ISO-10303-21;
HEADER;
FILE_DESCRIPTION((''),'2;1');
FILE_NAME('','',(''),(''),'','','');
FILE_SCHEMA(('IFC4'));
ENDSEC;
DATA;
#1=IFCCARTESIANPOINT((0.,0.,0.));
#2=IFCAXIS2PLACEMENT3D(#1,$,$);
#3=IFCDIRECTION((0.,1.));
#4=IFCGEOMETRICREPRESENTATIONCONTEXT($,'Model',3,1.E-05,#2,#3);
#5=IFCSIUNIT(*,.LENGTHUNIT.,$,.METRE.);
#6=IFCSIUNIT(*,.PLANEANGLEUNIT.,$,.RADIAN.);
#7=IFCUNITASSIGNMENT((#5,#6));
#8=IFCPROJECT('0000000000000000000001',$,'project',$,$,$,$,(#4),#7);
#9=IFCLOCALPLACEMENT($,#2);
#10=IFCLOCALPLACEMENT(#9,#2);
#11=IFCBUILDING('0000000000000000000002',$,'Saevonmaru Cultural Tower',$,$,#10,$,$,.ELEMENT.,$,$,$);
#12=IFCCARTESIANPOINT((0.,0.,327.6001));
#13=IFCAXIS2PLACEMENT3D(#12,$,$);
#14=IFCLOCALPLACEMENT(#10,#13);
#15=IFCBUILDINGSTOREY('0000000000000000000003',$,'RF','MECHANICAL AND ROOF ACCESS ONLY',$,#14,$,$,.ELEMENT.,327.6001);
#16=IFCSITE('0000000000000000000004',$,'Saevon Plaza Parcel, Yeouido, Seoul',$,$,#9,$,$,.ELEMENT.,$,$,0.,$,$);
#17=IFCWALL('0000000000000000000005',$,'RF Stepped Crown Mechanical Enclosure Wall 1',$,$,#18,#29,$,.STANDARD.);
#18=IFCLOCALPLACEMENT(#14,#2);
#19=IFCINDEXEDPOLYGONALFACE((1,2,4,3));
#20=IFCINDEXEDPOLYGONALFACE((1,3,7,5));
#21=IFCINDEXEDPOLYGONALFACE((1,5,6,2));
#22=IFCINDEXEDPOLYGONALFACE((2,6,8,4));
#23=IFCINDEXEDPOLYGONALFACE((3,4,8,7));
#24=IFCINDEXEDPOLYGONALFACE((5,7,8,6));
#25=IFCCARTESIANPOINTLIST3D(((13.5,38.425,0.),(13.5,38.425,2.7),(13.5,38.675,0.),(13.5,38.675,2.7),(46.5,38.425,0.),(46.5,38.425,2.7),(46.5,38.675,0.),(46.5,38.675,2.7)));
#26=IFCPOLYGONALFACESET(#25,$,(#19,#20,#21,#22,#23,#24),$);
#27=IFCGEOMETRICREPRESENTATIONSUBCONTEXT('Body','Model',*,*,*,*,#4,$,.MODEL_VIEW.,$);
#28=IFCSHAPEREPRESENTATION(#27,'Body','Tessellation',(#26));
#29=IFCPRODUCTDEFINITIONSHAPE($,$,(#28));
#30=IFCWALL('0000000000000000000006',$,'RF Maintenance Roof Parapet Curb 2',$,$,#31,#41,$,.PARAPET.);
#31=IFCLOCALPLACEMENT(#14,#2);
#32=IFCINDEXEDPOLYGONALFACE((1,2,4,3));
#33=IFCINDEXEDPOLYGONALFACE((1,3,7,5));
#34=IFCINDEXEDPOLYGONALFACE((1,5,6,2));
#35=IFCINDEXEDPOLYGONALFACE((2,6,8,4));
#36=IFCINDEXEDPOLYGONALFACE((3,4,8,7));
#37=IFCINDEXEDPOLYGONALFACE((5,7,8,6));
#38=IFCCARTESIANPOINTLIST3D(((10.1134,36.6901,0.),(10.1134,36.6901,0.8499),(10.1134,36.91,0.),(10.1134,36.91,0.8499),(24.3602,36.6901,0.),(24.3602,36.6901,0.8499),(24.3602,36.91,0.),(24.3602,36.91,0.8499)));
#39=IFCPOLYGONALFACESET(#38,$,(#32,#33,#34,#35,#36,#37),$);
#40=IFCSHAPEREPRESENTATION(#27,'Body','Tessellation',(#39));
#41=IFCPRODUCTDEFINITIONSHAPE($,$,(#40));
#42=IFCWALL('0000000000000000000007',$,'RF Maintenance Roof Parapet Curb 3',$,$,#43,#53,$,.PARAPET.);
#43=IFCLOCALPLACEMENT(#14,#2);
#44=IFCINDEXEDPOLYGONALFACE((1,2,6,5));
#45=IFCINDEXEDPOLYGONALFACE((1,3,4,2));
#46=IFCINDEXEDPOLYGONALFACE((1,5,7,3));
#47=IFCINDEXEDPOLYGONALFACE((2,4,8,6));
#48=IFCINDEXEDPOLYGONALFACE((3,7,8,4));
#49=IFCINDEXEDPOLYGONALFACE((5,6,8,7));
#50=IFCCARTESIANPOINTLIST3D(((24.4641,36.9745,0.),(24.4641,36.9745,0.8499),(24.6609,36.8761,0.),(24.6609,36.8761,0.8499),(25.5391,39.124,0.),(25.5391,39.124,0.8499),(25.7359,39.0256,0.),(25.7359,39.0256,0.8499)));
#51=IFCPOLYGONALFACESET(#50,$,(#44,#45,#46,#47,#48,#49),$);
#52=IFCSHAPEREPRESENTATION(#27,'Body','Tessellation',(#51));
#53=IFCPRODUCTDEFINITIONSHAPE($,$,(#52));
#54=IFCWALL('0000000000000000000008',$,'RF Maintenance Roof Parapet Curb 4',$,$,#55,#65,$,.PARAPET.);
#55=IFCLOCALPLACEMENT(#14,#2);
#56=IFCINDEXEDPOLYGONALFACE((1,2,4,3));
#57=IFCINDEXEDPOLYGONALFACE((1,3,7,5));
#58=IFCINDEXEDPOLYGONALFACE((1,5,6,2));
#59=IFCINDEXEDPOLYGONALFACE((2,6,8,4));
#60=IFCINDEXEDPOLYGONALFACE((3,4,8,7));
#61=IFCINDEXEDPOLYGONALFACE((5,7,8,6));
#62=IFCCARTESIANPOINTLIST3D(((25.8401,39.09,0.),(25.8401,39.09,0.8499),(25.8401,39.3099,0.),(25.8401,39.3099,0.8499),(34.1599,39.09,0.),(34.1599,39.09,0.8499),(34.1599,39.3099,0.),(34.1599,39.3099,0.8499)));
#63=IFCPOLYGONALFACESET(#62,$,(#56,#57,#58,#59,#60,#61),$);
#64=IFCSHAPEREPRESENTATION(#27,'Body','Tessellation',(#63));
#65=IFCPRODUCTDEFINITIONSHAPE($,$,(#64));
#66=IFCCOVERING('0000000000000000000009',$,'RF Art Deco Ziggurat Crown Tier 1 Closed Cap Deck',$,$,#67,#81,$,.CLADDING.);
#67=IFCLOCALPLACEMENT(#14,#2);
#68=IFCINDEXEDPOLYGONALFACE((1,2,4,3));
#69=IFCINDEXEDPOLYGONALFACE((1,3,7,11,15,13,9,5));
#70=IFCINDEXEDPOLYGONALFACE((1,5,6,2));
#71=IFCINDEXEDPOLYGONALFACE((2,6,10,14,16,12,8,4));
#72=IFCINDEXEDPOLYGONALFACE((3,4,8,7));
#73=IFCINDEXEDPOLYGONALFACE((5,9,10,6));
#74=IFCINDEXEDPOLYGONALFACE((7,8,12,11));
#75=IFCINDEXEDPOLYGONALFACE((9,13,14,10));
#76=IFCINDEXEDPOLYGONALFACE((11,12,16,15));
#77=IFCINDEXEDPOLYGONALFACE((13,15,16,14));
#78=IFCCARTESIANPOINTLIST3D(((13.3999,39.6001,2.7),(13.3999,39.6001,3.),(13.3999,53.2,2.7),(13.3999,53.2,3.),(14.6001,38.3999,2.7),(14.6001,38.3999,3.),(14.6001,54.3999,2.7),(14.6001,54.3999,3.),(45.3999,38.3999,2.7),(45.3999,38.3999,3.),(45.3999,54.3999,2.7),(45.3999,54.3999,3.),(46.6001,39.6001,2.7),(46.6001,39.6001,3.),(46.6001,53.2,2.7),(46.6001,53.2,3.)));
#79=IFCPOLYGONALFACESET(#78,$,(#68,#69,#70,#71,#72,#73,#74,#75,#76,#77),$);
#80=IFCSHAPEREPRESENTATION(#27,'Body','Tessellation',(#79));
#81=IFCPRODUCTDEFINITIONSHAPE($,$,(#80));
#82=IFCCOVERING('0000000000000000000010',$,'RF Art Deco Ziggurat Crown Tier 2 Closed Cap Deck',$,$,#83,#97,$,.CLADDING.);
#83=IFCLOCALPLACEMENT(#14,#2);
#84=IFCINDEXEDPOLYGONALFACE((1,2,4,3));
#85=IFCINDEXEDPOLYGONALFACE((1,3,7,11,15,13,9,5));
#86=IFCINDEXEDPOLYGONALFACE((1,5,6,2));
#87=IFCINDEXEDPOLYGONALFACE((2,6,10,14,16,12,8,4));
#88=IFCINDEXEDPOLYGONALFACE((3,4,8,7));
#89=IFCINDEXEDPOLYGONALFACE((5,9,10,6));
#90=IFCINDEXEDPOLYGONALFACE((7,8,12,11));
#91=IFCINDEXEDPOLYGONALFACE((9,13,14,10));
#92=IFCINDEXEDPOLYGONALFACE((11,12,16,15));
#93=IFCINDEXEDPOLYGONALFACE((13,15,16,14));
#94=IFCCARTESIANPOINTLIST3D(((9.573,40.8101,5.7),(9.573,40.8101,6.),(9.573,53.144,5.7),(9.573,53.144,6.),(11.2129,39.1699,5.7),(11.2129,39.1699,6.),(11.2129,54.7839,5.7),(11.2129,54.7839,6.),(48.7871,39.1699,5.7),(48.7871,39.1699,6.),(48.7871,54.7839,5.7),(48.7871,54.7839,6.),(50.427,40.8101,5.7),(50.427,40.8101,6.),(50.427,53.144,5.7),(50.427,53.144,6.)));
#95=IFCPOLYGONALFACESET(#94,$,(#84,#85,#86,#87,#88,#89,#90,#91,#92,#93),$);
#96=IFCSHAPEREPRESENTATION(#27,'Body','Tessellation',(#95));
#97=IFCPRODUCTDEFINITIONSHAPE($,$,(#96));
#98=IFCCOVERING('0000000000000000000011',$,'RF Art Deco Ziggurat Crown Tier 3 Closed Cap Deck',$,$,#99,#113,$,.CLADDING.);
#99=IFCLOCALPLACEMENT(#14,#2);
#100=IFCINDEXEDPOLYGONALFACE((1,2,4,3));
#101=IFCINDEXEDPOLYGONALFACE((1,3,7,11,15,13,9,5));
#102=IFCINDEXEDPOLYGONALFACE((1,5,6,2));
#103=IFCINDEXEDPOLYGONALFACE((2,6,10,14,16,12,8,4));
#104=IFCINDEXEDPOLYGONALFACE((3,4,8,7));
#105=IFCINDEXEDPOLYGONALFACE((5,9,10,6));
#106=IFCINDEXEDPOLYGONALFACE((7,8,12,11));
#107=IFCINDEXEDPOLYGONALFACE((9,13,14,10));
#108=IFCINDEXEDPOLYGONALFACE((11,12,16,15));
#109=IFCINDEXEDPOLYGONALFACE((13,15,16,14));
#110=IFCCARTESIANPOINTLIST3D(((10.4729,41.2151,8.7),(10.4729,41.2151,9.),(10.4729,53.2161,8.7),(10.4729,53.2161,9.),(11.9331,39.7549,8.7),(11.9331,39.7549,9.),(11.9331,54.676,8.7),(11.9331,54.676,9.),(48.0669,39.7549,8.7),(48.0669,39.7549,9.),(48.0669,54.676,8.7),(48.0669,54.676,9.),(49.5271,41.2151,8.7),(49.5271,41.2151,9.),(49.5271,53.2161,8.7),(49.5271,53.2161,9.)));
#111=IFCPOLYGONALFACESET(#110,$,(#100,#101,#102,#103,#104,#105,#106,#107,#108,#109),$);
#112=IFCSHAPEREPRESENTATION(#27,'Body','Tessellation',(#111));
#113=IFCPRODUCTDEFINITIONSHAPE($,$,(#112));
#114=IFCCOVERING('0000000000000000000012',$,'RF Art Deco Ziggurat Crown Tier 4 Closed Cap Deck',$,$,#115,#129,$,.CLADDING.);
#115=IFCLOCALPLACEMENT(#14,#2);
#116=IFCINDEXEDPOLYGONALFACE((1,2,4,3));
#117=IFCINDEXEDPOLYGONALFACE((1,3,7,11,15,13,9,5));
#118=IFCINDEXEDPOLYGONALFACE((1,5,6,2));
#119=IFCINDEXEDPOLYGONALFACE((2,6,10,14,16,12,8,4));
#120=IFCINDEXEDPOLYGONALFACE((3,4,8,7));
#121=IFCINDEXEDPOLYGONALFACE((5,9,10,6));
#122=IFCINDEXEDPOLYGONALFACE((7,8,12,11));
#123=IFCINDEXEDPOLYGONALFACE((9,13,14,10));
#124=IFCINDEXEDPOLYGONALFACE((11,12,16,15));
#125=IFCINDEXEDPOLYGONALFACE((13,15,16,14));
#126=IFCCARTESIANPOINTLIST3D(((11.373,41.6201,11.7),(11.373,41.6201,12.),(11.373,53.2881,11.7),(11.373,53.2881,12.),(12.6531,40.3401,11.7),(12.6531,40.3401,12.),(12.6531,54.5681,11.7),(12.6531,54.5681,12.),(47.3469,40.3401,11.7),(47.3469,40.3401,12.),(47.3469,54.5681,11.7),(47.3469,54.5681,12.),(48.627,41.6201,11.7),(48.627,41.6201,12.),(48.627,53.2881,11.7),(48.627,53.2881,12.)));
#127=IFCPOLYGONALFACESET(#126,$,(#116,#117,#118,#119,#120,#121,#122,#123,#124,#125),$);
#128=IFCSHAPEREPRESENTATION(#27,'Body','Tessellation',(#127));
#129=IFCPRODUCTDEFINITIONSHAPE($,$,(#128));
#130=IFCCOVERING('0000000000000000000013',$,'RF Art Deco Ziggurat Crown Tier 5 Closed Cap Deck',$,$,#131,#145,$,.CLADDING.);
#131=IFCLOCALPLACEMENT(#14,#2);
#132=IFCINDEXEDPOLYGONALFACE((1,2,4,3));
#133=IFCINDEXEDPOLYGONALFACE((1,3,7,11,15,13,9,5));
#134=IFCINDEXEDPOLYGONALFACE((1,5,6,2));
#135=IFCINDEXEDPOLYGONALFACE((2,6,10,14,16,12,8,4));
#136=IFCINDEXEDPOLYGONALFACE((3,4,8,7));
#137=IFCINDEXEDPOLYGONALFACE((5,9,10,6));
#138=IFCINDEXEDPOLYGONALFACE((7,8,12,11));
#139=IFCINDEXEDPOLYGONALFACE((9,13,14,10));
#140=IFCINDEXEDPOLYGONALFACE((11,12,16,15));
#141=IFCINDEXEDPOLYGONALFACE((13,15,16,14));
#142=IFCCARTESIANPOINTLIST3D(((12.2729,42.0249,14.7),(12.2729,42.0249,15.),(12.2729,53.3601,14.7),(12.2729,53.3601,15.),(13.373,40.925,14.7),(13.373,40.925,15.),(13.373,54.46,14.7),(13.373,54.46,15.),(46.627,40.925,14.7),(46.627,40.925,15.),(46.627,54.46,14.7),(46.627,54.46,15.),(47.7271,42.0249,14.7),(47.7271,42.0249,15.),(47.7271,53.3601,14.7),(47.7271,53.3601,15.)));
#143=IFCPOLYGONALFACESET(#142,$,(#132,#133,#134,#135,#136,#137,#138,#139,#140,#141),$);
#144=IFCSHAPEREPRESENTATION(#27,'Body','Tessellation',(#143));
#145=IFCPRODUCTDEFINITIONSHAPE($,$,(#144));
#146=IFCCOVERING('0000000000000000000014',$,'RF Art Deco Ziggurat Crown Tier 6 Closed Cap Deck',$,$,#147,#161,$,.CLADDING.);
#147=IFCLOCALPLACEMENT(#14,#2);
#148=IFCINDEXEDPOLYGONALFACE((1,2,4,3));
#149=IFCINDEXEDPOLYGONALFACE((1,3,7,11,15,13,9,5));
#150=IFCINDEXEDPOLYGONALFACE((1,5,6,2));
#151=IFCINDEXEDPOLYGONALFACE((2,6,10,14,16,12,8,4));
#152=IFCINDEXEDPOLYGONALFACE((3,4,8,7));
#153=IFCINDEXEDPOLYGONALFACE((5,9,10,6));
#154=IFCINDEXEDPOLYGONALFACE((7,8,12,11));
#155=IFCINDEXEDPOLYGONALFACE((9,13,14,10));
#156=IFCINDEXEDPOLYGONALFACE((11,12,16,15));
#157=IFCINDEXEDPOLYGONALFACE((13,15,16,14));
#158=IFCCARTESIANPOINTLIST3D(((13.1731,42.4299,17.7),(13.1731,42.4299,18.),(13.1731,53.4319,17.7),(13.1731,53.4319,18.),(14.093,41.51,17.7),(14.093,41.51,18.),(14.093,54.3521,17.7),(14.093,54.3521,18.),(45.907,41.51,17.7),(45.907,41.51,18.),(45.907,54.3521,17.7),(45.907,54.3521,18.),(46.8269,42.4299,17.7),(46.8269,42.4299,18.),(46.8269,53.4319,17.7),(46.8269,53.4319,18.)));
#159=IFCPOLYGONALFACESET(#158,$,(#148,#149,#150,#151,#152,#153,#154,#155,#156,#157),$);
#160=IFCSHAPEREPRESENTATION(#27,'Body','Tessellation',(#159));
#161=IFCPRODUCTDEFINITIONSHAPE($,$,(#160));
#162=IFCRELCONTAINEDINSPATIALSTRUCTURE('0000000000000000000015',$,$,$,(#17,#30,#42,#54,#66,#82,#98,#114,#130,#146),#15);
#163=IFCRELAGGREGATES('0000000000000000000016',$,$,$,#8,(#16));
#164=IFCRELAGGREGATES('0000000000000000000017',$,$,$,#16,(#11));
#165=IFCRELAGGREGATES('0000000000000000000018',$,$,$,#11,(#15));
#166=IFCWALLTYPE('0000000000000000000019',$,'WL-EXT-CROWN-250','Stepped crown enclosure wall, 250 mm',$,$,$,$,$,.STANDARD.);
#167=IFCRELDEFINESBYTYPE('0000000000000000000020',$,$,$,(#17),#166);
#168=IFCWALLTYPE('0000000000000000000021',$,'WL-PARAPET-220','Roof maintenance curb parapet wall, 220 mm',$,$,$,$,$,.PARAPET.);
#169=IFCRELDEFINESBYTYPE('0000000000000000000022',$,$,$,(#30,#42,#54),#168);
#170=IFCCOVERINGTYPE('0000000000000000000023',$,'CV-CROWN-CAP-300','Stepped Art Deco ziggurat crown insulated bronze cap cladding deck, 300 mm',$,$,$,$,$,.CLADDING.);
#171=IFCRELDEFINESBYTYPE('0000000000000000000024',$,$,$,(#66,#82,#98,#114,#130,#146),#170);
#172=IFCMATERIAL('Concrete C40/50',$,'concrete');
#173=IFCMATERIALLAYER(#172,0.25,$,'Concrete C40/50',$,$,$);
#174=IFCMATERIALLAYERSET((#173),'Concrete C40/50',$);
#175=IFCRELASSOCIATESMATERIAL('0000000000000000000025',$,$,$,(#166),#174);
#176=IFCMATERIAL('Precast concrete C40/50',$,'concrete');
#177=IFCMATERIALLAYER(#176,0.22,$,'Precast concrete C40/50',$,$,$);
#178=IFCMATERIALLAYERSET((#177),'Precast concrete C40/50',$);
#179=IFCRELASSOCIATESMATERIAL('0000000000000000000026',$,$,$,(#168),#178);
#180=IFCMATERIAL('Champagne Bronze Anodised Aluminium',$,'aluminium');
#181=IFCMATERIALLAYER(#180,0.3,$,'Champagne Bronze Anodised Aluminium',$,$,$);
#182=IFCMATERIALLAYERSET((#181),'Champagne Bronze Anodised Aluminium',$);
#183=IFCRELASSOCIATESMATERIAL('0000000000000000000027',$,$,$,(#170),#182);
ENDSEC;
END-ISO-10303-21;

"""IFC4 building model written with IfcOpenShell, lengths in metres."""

from ifc_helpers import new_model, si_unit, direction, frame, frame_2d, origin, place, context, subcontext, project, spatial, polyline, rectangle, outline, extrude, material, layer, layer_set, type_object, element, save


model = new_model("IFC4")

# Units and contexts
model_context = context("Model", 3, precision=1e-05, world=origin(), true_north=direction((0.0, 1.0)))
body_context = subcontext(model_context, "Body", "Model", "MODEL_VIEW")
ifc_project = project(units=[si_unit("LENGTHUNIT", "METRE"), si_unit("PLANEANGLEUNIT", "RADIAN")], contexts=[model_context])

# Site, building, storey
site_placement = place(None, origin())
site = spatial("IfcSite", under=ifc_project, at=site_placement, Name="Saevon Plaza Parcel, Yeouido, Seoul", CompositionType="ELEMENT", RefElevation=0.0)
building_placement = place(site_placement, origin())
building = spatial("IfcBuilding", under=site, at=building_placement, Name="Saevonmaru Cultural Tower", CompositionType="ELEMENT")
storey_placement = place(building_placement, frame((0.0, 0.0, 327.6001)))
storey = spatial("IfcBuildingStorey", under=building, at=storey_placement, Name="RF", Description="MECHANICAL AND ROOF ACCESS ONLY", CompositionType="ELEMENT", Elevation=327.6001)

# Shared definitions
ifc_material_1 = material(Name="Concrete C40/50", Category="concrete")

# Walls
ifc_layer_1 = layer(ifc_material_1, 0.25, Name="Concrete C40/50")
ifc_layer_set_1 = layer_set([ifc_layer_1], Name="Concrete C40/50")
wall_type_1 = type_object("IfcWallType", Name="WL-EXT-CROWN-250", Description="Stepped crown enclosure wall, 250 mm", PredefinedType="STANDARD", material=ifc_layer_set_1)
wall_1_placement = place(storey_placement, frame((13.5, 38.55, 0.0), z_axis=(0.0, 0.0, 1.0), x_axis=(1.0, 0.0, 0.0)))
element("IfcWall", 1, at=wall_1_placement, inside=storey, type_object=wall_type_1, Name="RF Stepped Crown Mechanical Enclosure Wall 1", PredefinedType="STANDARD", context=body_context, shape_type="SweptSolid", body=[
    extrude(rectangle(XDim=33.0, YDim=0.25, at=frame_2d((16.5, 0.0))), origin(), (0.0, 0.0, 1.0), 2.7),
])
ifc_material_2 = material(Name="Precast concrete C40/50", Category="concrete")
ifc_layer_2 = layer(ifc_material_2, 0.22, Name="Precast concrete C40/50")
ifc_layer_set_2 = layer_set([ifc_layer_2], Name="Precast concrete C40/50")
wall_type_2 = type_object("IfcWallType", Name="WL-PARAPET-220", Description="Roof maintenance curb parapet wall, 220 mm", PredefinedType="PARAPET", material=ifc_layer_set_2)
wall_2_placement = place(storey_placement, frame((10.1133, 36.8, 0.0), z_axis=(0.0, 0.0, 1.0), x_axis=(1.0, 0.0, 0.0)))
element("IfcWall", 2, at=wall_2_placement, inside=storey, type_object=wall_type_2, Name="RF Maintenance Roof Parapet Curb 2", PredefinedType="PARAPET", context=body_context, shape_type="SweptSolid", body=[
    extrude(rectangle(XDim=14.2468, YDim=0.22, at=frame_2d((7.1235, 0.0))), origin(), (0.0, 0.0, 1.0), 0.8499),
])
wall_3_placement = place(storey_placement, frame((24.5625, 36.9253, 0.0), z_axis=(0.0, 0.0, 1.0), x_axis=(0.447295, 0.894387, 0.0)))
element("IfcWall", 3, at=wall_3_placement, inside=storey, type_object=wall_type_2, Name="RF Maintenance Roof Parapet Curb 3", PredefinedType="PARAPET", context=body_context, shape_type="SweptSolid", body=[
    extrude(rectangle(XDim=2.4033, YDim=0.22, at=frame_2d((1.2017, 0.0))), origin(), (0.0, 0.0, 1.0), 0.8499),
])
wall_4_placement = place(storey_placement, frame((25.8401, 39.2, 0.0), z_axis=(0.0, 0.0, 1.0), x_axis=(1.0, 0.0, 0.0)))
element("IfcWall", 4, at=wall_4_placement, inside=storey, type_object=wall_type_2, Name="RF Maintenance Roof Parapet Curb 4", PredefinedType="PARAPET", context=body_context, shape_type="SweptSolid", body=[
    extrude(rectangle(XDim=8.3198, YDim=0.22, at=frame_2d((4.1599, 0.0))), origin(), (0.0, 0.0, 1.0), 0.8499),
])

# Coverings
ifc_material_3 = material(Name="Champagne Bronze Anodised Aluminium", Category="aluminium")
ifc_layer_3 = layer(ifc_material_3, 0.3, Name="Champagne Bronze Anodised Aluminium")
ifc_layer_set_3 = layer_set([ifc_layer_3], Name="Champagne Bronze Anodised Aluminium")
covering_type = type_object("IfcCoveringType", Name="CV-CROWN-CAP-300", Description="Stepped Art Deco ziggurat crown insulated bronze cap cladding deck, 300 mm", PredefinedType="CLADDING", material=ifc_layer_set_3)
covering_1_placement = place(storey_placement, frame((0.0, 0.0, 2.7)))
element("IfcCovering", 5, at=covering_1_placement, inside=storey, type_object=covering_type, Name="RF Art Deco Ziggurat Crown Tier 1 Closed Cap Deck", PredefinedType="CLADDING", context=body_context, shape_type="SweptSolid", body=[
    extrude(outline(polyline([(13.3999, 39.6001), (14.6001, 38.3999), (45.3999, 38.3999), (46.6001, 39.6001), (46.6001, 53.2), (45.3999, 54.3999), (14.6001, 54.3999), (13.3999, 53.2), (13.3999, 39.6001)])), origin(), (0.0, 0.0, 1.0), 0.3),
])
covering_2_placement = place(storey_placement, frame((0.0, 0.0, 5.7)))
element("IfcCovering", 6, at=covering_2_placement, inside=storey, type_object=covering_type, Name="RF Art Deco Ziggurat Crown Tier 2 Closed Cap Deck", PredefinedType="CLADDING", context=body_context, shape_type="SweptSolid", body=[
    extrude(outline(polyline([(9.573, 40.8101), (11.2129, 39.1699), (48.7871, 39.1699), (50.427, 40.8101), (50.427, 53.144), (48.7871, 54.7839), (11.2129, 54.7839), (9.573, 53.144), (9.573, 40.8101)])), origin(), (0.0, 0.0, 1.0), 0.3),
])
covering_3_placement = place(storey_placement, frame((0.0, 0.0, 8.7)))
element("IfcCovering", 7, at=covering_3_placement, inside=storey, type_object=covering_type, Name="RF Art Deco Ziggurat Crown Tier 3 Closed Cap Deck", PredefinedType="CLADDING", context=body_context, shape_type="SweptSolid", body=[
    extrude(outline(polyline([(10.4729, 41.2151), (11.9331, 39.7549), (48.0669, 39.7549), (49.5271, 41.2151), (49.5271, 53.2161), (48.0669, 54.676), (11.9331, 54.676), (10.4729, 53.2161), (10.4729, 41.2151)])), origin(), (0.0, 0.0, 1.0), 0.3),
])
covering_4_placement = place(storey_placement, frame((0.0, 0.0, 11.7)))
element("IfcCovering", 8, at=covering_4_placement, inside=storey, type_object=covering_type, Name="RF Art Deco Ziggurat Crown Tier 4 Closed Cap Deck", PredefinedType="CLADDING", context=body_context, shape_type="SweptSolid", body=[
    extrude(outline(polyline([(11.373, 41.6201), (12.6531, 40.3401), (47.3469, 40.3401), (48.627, 41.6201), (48.627, 53.2881), (47.3469, 54.5681), (12.6531, 54.5681), (11.373, 53.2881), (11.373, 41.6201)])), origin(), (0.0, 0.0, 1.0), 0.3),
])
covering_5_placement = place(storey_placement, frame((0.0, 0.0, 14.7)))
element("IfcCovering", 9, at=covering_5_placement, inside=storey, type_object=covering_type, Name="RF Art Deco Ziggurat Crown Tier 5 Closed Cap Deck", PredefinedType="CLADDING", context=body_context, shape_type="SweptSolid", body=[
    extrude(outline(polyline([(12.2729, 42.0249), (13.373, 40.925), (46.627, 40.925), (47.7271, 42.0249), (47.7271, 53.3601), (46.627, 54.46), (13.373, 54.46), (12.2729, 53.3601), (12.2729, 42.0249)])), origin(), (0.0, 0.0, 1.0), 0.3),
])
covering_6_placement = place(storey_placement, frame((0.0, 0.0, 17.7)))
element("IfcCovering", 10, at=covering_6_placement, inside=storey, type_object=covering_type, Name="RF Art Deco Ziggurat Crown Tier 6 Closed Cap Deck", PredefinedType="CLADDING", context=body_context, shape_type="SweptSolid", body=[
    extrude(outline(polyline([(13.1731, 42.4299), (14.093, 41.51), (45.907, 41.51), (46.8269, 42.4299), (46.8269, 53.4319), (45.907, 54.3521), (14.093, 54.3521), (13.1731, 53.4319), (13.1731, 42.4299)])), origin(), (0.0, 0.0, 1.0), 0.3),
])

save(model, "model.ifc")
